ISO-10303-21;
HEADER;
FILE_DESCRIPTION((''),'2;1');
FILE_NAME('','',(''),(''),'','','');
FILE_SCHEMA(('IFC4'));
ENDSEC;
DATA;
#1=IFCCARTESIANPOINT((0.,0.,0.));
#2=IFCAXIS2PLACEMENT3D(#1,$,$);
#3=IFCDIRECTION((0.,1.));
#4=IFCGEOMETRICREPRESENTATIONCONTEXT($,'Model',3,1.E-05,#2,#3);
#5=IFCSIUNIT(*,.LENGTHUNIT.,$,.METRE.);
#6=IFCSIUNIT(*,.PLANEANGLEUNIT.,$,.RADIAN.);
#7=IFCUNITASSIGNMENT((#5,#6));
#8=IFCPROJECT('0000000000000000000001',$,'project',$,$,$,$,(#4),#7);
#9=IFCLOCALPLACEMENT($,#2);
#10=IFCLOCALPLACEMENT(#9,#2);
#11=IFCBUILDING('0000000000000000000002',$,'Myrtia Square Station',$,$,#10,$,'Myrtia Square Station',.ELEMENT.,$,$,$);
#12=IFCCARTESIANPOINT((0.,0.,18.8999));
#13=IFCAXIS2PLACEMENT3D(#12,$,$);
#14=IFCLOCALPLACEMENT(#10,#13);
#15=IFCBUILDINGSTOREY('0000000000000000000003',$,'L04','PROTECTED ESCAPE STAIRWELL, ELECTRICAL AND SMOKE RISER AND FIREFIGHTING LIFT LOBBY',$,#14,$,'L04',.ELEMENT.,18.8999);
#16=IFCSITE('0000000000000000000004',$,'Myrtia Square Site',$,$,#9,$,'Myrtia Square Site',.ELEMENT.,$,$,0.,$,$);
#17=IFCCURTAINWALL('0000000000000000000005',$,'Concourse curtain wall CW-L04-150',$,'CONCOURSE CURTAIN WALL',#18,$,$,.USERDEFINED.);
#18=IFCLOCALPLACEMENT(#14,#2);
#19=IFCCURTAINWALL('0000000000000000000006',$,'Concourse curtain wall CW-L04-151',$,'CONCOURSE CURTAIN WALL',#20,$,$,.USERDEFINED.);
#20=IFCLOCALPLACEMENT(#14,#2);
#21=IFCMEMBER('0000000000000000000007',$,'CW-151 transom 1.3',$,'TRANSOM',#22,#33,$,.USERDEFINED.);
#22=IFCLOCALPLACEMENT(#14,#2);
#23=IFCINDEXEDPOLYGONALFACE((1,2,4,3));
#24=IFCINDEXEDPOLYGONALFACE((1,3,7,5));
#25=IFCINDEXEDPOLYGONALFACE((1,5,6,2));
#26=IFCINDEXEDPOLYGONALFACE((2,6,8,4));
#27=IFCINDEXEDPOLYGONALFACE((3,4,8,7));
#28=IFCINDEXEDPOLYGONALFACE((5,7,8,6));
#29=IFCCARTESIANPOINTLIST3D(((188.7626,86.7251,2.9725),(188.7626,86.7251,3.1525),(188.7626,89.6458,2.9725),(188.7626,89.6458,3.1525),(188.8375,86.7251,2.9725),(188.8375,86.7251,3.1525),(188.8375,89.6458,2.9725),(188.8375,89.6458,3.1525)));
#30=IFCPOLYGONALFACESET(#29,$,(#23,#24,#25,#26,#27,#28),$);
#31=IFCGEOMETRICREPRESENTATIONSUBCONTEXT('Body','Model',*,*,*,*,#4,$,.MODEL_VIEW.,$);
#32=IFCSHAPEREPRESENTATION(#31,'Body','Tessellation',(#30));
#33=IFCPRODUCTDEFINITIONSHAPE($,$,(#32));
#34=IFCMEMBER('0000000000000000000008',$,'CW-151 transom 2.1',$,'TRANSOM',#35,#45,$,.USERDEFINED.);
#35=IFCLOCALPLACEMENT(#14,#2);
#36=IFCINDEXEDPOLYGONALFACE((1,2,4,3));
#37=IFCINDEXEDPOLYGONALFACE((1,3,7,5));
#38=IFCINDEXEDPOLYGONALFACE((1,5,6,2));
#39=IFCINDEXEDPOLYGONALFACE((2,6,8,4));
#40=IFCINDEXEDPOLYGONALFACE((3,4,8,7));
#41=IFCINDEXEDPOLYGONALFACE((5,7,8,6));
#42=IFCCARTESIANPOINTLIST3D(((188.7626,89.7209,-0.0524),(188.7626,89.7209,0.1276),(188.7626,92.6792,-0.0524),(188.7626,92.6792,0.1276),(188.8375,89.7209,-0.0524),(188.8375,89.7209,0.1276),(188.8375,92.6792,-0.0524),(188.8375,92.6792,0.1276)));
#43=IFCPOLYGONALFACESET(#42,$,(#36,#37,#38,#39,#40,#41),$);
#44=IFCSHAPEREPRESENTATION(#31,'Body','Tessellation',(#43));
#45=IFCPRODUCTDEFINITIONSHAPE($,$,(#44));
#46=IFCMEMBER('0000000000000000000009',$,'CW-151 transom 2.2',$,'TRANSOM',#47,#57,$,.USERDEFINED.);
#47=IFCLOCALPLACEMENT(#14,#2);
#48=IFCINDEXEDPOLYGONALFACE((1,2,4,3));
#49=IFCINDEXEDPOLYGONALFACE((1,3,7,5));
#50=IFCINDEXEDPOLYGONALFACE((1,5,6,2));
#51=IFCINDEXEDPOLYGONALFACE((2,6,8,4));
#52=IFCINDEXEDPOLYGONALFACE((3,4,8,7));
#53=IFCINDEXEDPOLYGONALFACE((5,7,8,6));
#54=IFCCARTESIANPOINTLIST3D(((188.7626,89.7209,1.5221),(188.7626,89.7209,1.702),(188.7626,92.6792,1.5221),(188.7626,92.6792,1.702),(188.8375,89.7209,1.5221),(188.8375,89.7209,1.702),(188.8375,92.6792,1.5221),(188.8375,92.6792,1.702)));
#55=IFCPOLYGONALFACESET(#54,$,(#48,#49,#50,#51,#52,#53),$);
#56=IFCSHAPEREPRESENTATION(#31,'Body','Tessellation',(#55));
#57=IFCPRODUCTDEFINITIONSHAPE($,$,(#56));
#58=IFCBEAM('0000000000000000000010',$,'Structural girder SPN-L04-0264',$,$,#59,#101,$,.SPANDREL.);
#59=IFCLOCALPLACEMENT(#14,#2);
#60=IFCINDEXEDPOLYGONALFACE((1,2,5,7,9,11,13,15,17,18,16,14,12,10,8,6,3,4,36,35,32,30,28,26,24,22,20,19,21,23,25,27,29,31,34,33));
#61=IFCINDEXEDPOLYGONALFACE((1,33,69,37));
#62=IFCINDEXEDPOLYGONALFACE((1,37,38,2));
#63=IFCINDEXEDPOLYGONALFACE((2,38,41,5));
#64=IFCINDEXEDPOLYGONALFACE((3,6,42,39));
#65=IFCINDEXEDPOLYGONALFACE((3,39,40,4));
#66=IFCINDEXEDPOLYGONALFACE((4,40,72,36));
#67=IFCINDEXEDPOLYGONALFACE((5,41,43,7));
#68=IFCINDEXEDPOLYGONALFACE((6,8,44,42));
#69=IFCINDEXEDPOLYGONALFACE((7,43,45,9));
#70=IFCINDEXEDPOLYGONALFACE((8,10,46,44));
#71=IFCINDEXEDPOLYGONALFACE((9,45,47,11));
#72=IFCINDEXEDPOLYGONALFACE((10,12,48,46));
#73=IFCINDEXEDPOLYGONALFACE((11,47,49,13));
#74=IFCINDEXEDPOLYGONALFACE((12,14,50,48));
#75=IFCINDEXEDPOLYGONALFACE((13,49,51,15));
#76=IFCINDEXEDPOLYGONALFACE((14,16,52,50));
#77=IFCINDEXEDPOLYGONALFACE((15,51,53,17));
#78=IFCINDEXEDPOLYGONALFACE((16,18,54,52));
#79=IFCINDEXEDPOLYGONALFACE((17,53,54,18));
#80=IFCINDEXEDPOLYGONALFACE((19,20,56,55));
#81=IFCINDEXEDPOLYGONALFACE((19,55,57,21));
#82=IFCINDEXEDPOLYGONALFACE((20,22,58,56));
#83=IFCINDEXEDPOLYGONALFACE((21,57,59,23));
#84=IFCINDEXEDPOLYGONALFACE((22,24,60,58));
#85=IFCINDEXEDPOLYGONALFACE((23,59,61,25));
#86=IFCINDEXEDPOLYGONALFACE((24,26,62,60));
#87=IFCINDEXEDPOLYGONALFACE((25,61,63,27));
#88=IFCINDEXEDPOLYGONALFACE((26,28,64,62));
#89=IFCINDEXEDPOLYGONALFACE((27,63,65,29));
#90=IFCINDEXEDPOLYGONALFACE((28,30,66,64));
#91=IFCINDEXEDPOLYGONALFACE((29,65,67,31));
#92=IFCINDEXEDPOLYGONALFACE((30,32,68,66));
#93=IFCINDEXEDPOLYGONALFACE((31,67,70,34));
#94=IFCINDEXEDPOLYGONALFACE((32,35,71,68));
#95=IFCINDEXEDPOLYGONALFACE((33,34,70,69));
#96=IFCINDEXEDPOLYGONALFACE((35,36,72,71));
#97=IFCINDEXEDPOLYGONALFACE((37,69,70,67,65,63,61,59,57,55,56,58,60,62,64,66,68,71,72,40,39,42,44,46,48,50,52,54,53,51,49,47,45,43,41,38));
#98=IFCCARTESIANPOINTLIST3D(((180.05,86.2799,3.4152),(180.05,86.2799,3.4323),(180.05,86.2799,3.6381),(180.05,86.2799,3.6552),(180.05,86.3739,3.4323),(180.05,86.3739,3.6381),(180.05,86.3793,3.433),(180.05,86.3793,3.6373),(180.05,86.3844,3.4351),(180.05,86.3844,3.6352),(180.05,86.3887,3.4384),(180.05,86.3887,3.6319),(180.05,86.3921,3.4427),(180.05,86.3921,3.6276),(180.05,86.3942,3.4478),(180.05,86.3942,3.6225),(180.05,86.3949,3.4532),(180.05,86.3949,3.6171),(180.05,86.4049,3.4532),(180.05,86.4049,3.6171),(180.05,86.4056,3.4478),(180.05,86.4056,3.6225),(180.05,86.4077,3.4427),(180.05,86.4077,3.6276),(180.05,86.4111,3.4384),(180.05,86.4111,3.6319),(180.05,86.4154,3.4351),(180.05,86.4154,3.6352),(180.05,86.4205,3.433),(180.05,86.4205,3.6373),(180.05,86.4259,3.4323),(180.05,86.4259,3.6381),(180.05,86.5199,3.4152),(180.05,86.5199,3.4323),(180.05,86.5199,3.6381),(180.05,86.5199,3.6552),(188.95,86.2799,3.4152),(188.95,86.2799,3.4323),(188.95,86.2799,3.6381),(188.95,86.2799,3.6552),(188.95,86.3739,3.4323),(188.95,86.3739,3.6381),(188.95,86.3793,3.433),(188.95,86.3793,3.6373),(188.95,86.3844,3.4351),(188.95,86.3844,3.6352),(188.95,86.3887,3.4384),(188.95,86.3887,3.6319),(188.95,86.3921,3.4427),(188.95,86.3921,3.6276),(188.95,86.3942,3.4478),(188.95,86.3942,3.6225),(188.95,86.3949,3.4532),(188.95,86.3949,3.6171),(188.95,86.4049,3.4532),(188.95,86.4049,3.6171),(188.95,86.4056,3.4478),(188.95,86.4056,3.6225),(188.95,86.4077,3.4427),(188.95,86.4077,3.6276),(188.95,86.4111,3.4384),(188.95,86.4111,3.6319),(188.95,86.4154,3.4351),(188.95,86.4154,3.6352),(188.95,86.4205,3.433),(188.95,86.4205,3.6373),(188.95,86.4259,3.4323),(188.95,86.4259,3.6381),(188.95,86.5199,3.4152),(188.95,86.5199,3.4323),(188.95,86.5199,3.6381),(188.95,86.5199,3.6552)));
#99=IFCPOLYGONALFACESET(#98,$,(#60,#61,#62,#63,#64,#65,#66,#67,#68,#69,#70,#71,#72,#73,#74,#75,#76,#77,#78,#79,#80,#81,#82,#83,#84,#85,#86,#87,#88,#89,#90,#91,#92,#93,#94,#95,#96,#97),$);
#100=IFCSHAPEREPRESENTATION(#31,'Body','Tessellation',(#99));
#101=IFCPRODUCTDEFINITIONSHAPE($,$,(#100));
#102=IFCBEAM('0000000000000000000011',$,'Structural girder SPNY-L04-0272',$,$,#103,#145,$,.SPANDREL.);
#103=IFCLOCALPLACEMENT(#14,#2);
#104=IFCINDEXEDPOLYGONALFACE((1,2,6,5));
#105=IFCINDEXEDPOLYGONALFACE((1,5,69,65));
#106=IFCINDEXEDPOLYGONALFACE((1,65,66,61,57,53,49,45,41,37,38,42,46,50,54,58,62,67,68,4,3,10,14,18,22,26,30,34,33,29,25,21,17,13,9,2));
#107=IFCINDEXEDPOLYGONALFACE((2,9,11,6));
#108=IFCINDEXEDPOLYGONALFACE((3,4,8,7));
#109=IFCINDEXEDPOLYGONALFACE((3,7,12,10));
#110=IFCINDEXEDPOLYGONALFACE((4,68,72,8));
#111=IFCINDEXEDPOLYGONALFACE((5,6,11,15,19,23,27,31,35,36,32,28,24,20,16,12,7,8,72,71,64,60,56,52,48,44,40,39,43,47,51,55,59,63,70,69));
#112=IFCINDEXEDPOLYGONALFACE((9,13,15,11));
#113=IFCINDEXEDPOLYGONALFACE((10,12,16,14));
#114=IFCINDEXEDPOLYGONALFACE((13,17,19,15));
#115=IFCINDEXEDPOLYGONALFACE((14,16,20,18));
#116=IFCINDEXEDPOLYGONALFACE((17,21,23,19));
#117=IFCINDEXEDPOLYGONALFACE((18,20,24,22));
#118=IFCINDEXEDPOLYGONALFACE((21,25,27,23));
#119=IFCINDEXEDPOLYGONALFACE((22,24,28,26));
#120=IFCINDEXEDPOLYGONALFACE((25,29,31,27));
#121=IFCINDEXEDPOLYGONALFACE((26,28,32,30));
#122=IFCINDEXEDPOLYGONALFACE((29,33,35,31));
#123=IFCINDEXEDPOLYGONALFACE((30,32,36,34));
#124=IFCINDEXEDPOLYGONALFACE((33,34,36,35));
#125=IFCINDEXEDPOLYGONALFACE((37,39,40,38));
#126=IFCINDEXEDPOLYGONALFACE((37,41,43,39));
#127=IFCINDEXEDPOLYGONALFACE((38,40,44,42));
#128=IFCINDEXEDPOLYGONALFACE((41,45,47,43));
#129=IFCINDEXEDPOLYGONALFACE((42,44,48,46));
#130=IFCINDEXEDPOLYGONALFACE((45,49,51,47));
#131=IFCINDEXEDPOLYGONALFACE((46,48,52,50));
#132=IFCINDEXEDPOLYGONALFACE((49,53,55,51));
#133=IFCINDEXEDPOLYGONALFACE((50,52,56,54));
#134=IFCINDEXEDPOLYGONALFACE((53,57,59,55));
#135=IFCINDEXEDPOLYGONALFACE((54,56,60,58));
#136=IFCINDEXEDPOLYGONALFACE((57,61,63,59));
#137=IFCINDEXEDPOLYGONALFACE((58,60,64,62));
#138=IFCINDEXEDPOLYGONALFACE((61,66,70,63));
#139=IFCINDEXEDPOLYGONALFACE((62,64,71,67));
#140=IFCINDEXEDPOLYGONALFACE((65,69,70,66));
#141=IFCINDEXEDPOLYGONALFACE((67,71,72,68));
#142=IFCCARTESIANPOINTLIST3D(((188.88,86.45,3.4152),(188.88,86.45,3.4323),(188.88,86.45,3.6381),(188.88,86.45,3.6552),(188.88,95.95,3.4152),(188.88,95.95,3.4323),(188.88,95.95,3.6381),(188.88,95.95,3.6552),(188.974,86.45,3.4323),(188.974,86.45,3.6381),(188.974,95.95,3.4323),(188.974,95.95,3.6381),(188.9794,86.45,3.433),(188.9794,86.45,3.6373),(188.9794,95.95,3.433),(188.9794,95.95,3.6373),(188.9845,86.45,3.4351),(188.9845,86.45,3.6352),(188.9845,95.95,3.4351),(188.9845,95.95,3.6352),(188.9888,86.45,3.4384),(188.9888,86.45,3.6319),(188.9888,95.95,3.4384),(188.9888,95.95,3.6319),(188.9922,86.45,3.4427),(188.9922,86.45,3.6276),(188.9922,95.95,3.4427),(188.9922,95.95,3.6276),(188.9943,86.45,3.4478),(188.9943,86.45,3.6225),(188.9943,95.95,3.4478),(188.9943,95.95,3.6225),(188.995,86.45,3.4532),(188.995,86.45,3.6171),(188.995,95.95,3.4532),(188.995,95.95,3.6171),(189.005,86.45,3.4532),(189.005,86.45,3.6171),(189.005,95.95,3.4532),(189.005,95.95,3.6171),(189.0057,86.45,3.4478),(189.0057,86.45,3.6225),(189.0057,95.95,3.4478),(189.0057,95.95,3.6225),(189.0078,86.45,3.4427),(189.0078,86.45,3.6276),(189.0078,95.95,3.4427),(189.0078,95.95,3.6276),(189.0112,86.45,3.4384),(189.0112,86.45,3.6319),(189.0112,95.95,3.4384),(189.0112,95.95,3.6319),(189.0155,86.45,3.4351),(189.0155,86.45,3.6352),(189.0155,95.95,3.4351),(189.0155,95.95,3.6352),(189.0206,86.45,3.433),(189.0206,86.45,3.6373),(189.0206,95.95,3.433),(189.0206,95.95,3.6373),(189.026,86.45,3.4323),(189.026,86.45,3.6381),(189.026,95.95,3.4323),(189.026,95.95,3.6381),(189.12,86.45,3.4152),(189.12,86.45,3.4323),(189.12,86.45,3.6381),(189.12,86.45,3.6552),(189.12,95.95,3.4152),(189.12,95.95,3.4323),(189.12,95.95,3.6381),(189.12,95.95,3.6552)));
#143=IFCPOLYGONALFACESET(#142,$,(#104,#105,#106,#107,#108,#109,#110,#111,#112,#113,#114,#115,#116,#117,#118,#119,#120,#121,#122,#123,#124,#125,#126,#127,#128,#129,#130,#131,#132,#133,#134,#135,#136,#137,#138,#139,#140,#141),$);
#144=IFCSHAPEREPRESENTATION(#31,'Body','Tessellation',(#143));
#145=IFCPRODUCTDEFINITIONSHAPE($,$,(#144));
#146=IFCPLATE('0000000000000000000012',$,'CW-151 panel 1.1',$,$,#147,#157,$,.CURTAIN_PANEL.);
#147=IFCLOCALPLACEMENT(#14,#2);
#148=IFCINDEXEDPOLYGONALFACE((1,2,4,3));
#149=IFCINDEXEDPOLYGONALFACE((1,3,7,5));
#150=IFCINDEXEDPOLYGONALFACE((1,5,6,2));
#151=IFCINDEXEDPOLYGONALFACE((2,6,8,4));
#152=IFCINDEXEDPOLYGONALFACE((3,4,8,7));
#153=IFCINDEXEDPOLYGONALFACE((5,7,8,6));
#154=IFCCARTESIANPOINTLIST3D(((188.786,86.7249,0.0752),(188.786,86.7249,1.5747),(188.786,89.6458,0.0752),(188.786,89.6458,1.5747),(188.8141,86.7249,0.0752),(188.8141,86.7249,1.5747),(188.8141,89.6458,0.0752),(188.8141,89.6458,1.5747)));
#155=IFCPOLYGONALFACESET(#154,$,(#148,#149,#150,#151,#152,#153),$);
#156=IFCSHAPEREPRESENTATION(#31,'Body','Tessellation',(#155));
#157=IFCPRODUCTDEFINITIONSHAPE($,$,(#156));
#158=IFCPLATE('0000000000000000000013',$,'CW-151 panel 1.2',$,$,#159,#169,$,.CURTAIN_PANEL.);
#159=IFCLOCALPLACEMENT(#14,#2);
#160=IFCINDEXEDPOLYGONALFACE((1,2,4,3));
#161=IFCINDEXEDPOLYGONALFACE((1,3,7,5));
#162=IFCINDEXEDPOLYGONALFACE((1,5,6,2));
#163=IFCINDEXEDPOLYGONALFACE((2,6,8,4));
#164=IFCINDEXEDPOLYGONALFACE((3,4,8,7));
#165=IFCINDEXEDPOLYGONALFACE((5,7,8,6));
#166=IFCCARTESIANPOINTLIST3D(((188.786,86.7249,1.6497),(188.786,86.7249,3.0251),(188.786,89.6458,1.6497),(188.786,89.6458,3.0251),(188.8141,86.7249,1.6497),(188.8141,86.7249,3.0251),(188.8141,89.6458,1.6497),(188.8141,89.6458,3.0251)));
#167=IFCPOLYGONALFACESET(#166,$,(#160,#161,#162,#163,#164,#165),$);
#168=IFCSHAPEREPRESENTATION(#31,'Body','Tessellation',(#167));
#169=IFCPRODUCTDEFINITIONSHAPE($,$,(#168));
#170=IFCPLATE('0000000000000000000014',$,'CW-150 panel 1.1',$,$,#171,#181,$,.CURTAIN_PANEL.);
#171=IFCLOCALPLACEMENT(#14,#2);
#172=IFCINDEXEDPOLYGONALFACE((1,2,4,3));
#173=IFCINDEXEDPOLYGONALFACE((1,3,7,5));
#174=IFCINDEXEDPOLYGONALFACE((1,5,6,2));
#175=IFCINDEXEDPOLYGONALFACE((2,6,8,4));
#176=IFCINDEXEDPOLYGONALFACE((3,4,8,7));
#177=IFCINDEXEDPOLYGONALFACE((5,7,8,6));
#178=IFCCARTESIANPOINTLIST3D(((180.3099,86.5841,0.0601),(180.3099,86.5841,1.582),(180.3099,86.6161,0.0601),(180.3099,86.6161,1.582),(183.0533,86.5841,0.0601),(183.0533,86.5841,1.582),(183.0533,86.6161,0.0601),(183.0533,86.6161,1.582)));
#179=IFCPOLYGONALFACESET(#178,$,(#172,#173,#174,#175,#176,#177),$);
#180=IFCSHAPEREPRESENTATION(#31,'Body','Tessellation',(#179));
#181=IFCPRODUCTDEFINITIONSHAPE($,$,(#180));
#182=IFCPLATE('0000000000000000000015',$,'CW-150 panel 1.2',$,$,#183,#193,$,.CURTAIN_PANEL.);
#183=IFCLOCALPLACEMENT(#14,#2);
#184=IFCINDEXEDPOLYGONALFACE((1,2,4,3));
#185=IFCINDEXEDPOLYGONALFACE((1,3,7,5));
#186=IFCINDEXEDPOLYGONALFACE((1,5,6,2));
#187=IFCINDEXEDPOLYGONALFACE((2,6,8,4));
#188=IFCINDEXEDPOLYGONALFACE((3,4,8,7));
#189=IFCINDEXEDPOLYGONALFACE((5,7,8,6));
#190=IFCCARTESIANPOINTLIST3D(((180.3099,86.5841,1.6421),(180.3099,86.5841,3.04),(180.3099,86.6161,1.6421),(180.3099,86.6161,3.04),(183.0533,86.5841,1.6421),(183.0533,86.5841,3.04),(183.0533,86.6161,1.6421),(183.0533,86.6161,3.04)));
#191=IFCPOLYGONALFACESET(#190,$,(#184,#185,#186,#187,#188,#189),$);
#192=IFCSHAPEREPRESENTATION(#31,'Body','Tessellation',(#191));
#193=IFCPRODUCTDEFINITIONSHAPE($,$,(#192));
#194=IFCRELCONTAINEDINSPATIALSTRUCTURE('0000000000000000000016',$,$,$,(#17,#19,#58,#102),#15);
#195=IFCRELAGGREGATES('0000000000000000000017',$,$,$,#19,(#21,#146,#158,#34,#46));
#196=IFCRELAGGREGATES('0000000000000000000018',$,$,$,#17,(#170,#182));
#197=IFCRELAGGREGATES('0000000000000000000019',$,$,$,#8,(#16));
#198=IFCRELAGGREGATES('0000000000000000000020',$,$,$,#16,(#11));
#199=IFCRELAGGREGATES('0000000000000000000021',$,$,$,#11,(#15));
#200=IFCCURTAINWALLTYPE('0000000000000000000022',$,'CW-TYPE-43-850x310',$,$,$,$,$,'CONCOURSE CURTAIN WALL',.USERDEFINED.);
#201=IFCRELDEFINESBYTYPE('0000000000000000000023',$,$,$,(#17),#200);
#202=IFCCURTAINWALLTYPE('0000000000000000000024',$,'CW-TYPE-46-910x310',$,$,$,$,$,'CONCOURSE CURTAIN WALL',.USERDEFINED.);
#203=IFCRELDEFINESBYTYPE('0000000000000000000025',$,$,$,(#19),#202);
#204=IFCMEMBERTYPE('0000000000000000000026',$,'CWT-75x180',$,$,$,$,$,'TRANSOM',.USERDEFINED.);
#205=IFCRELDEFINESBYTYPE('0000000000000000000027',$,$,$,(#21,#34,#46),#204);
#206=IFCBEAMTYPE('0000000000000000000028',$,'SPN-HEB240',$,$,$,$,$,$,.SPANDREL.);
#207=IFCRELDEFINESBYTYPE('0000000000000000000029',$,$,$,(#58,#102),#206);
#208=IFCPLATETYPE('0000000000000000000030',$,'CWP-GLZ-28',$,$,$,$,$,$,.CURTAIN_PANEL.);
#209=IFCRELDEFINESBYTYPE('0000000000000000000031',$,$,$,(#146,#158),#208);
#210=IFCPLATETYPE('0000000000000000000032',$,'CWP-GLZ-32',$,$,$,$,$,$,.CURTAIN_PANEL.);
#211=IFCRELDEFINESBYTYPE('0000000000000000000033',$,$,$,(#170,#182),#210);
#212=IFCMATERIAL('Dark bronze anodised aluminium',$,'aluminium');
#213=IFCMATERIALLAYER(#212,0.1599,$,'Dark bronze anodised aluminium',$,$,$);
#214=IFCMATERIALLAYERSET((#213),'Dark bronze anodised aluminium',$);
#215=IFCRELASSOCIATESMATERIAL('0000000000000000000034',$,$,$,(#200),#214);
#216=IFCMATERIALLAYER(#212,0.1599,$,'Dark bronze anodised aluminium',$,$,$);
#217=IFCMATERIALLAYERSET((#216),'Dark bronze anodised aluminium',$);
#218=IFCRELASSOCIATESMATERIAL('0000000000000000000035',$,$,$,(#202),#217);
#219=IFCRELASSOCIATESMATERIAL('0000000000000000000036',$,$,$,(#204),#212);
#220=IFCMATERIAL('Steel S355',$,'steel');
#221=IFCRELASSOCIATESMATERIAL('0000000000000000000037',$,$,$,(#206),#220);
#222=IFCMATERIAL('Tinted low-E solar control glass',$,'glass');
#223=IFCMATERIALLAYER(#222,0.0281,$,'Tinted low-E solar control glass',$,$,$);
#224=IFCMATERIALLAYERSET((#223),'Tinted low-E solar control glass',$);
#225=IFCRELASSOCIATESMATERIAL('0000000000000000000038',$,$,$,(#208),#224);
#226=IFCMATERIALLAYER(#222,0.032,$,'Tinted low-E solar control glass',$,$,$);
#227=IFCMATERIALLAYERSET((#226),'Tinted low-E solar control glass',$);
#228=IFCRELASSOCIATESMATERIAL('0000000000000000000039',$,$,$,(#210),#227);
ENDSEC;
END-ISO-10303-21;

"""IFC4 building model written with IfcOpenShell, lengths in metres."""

from ifc_helpers import new_model, si_unit, direction, frame, origin, origin_2d, place, context, subcontext, project, spatial, rectangle, i_section, extrude, material, layer, layer_set, material_profile, profile_set, type_object, element, aggregate, save


model = new_model("IFC4")

# Units and contexts
model_context = context("Model", 3, precision=1e-05, world=origin(), true_north=direction((0.0, 1.0)))
body_context = subcontext(model_context, "Body", "Model", "MODEL_VIEW")
ifc_project = project(units=[si_unit("LENGTHUNIT", "METRE"), si_unit("PLANEANGLEUNIT", "RADIAN")], contexts=[model_context])

# Site, building, storey
site_placement = place(None, origin())
site = spatial("IfcSite", under=ifc_project, at=site_placement, Name="Myrtia Square Site", LongName="Myrtia Square Site", CompositionType="ELEMENT", RefElevation=0.0)
building_placement = place(site_placement, origin())
building = spatial("IfcBuilding", under=site, at=building_placement, Name="Myrtia Square Station", LongName="Myrtia Square Station", CompositionType="ELEMENT")
storey_placement = place(building_placement, frame((0.0, 0.0, 18.8999)))
storey = spatial("IfcBuildingStorey", under=building, at=storey_placement, Name="L04", Description="PROTECTED ESCAPE STAIRWELL, ELECTRICAL AND SMOKE RISER AND FIREFIGHTING LIFT LOBBY", LongName="L04", CompositionType="ELEMENT", Elevation=18.8999)

# Shared definitions
ifc_material_1 = material(Name="Steel S355", Category="steel")

# Shared definitions
ifc_material_2 = material(Name="Dark bronze anodised aluminium", Category="aluminium")
ifc_layer_1 = layer(ifc_material_2, 0.1599, Name="Dark bronze anodised aluminium")
ifc_layer_set_1 = layer_set([ifc_layer_1], Name="Dark bronze anodised aluminium")
curtain_wall_type_1 = type_object("IfcCurtainWallType", Name="CW-TYPE-43-850x310", ElementType="CONCOURSE CURTAIN WALL", PredefinedType="USERDEFINED", material=ifc_layer_set_1)

# Curtain walls
curtain_wall_1_placement = place(storey_placement, origin())
curtain_wall_1 = element("IfcCurtainWall", 1, at=curtain_wall_1_placement, inside=storey, type_object=curtain_wall_type_1, Name="Concourse curtain wall CW-L04-150", ObjectType="CONCOURSE CURTAIN WALL", PredefinedType="USERDEFINED")
ifc_layer_2 = layer(ifc_material_2, 0.1599, Name="Dark bronze anodised aluminium")
ifc_layer_set_2 = layer_set([ifc_layer_2], Name="Dark bronze anodised aluminium")
curtain_wall_type_2 = type_object("IfcCurtainWallType", Name="CW-TYPE-46-910x310", ElementType="CONCOURSE CURTAIN WALL", PredefinedType="USERDEFINED", material=ifc_layer_set_2)
curtain_wall_2_placement = place(storey_placement, origin())
curtain_wall_2 = element("IfcCurtainWall", 2, at=curtain_wall_2_placement, inside=storey, type_object=curtain_wall_type_2, Name="Concourse curtain wall CW-L04-151", ObjectType="CONCOURSE CURTAIN WALL", PredefinedType="USERDEFINED")

# Members
ifc_material_profile_1 = material_profile(ifc_material_2, rectangle(XDim=0.075, YDim=0.1799, at=origin_2d()), Name="ALU-T 75x180")
ifc_profile_set_1 = profile_set([ifc_material_profile_1], Name="Dark bronze anodised aluminium")
member_type_1 = type_object("IfcMemberType", Name="CWT-75x180", ElementType="TRANSOM", PredefinedType="USERDEFINED", material=ifc_profile_set_1)
member_1_placement = place(storey_placement, frame((188.8, 86.7251, 3.0625), z_axis=(0.0, 1.0, 0.0), x_axis=(-1.0, 0.0, 0.0)))
member_1 = element("IfcMember", 3, at=member_1_placement, type_object=member_type_1, Name="CW-151 transom 1.3", ObjectType="TRANSOM", PredefinedType="USERDEFINED", context=body_context, shape_type="SweptSolid", body=[
    extrude(rectangle(XDim=0.075, YDim=0.1799, at=origin_2d()), origin(), (0.0, 0.0, 1.0), 2.9207),
])
member_2_placement = place(storey_placement, frame((188.8, 89.7209, 0.0376), z_axis=(0.0, 1.0, 0.0), x_axis=(-1.0, 0.0, 0.0)))
member_2 = element("IfcMember", 4, at=member_2_placement, type_object=member_type_1, Name="CW-151 transom 2.1", ObjectType="TRANSOM", PredefinedType="USERDEFINED", context=body_context, shape_type="SweptSolid", body=[
    extrude(rectangle(XDim=0.075, YDim=0.1799, at=origin_2d()), origin(), (0.0, 0.0, 1.0), 2.9583),
])
member_3_placement = place(storey_placement, frame((188.8, 89.7209, 1.6121), z_axis=(0.0, 1.0, 0.0), x_axis=(-1.0, 0.0, 0.0)))
member_3 = element("IfcMember", 5, at=member_3_placement, type_object=member_type_1, Name="CW-151 transom 2.2", ObjectType="TRANSOM", PredefinedType="USERDEFINED", context=body_context, shape_type="SweptSolid", body=[
    extrude(rectangle(XDim=0.075, YDim=0.1799, at=origin_2d()), origin(), (0.0, 0.0, 1.0), 2.9583),
])

# Beams
ifc_material_profile_2 = material_profile(ifc_material_1, i_section(OverallWidth=0.24, OverallDepth=0.24, WebThickness=0.01, FlangeThickness=0.0171, FilletRadius=0.021, at=origin_2d()), Name="HEB 240")
ifc_profile_set_2 = profile_set([ifc_material_profile_2], Name="Steel S355")
beam_type_1 = type_object("IfcBeamType", Name="SPN-HEB240", PredefinedType="SPANDREL", material=ifc_profile_set_2)
beam_1_placement = place(storey_placement, frame((180.05, 86.3999, 3.5352), z_axis=(1.0, 0.0, 0.0), x_axis=(0.0, 1.0, 0.0)))
element("IfcBeam", 6, at=beam_1_placement, inside=storey, type_object=beam_type_1, Name="Structural girder SPN-L04-0264", PredefinedType="SPANDREL", context=body_context, shape_type="SweptSolid", body=[
    extrude(i_section(OverallWidth=0.24, OverallDepth=0.24, WebThickness=0.01, FlangeThickness=0.0171, FilletRadius=0.021, at=origin_2d()), origin(), (0.0, 0.0, 1.0), 8.8999),
])
beam_2_placement = place(storey_placement, frame((189.0, 86.45, 3.5352), z_axis=(0.0, 1.0, 0.0), x_axis=(-1.0, 0.0, 0.0)))
element("IfcBeam", 7, at=beam_2_placement, inside=storey, type_object=beam_type_1, Name="Structural girder SPNY-L04-0272", PredefinedType="SPANDREL", context=body_context, shape_type="SweptSolid", body=[
    extrude(i_section(OverallWidth=0.24, OverallDepth=0.24, WebThickness=0.01, FlangeThickness=0.0171, FilletRadius=0.021, at=origin_2d()), origin(), (0.0, 0.0, 1.0), 9.5),
])

# Plates
ifc_material_3 = material(Name="Tinted low-E solar control glass", Category="glass")
ifc_layer_3 = layer(ifc_material_3, 0.0281, Name="Tinted low-E solar control glass")
ifc_layer_set_3 = layer_set([ifc_layer_3], Name="Tinted low-E solar control glass")
plate_type_1 = type_object("IfcPlateType", Name="CWP-GLZ-28", PredefinedType="CURTAIN_PANEL", material=ifc_layer_set_3)
plate_1_placement = place(storey_placement, frame((188.8, 88.1853, 0.0752), z_axis=(0.0, 0.0, 1.0), x_axis=(0.0, 1.0, 0.0)))
plate_1 = element("IfcPlate", 8, at=plate_1_placement, type_object=plate_type_1, Name="CW-151 panel 1.1", PredefinedType="CURTAIN_PANEL", context=body_context, shape_type="SweptSolid", body=[
    extrude(rectangle(XDim=2.9209, YDim=0.0281, at=origin_2d()), origin(), (0.0, 0.0, 1.0), 1.4995),
])
plate_2_placement = place(storey_placement, frame((188.8, 88.1853, 1.6497), z_axis=(0.0, 0.0, 1.0), x_axis=(0.0, 1.0, 0.0)))
plate_2 = element("IfcPlate", 9, at=plate_2_placement, type_object=plate_type_1, Name="CW-151 panel 1.2", PredefinedType="CURTAIN_PANEL", context=body_context, shape_type="SweptSolid", body=[
    extrude(rectangle(XDim=2.9209, YDim=0.0281, at=origin_2d()), origin(), (0.0, 0.0, 1.0), 1.3755),
])
aggregate(curtain_wall_2, [member_1, plate_1, plate_2, member_2, member_3])
ifc_layer_4 = layer(ifc_material_3, 0.032, Name="Tinted low-E solar control glass")
ifc_layer_set_4 = layer_set([ifc_layer_4], Name="Tinted low-E solar control glass")
plate_type_2 = type_object("IfcPlateType", Name="CWP-GLZ-32", PredefinedType="CURTAIN_PANEL", material=ifc_layer_set_4)
plate_3_placement = place(storey_placement, frame((181.6816, 86.6001, 0.0601), z_axis=(0.0, 0.0, 1.0), x_axis=(1.0, 0.0, 0.0)))
plate_3 = element("IfcPlate", 10, at=plate_3_placement, type_object=plate_type_2, Name="CW-150 panel 1.1", PredefinedType="CURTAIN_PANEL", context=body_context, shape_type="SweptSolid", body=[
    extrude(rectangle(XDim=2.7434, YDim=0.032, at=origin_2d()), origin(), (0.0, 0.0, 1.0), 1.522),
])
plate_4_placement = place(storey_placement, frame((181.6816, 86.6001, 1.6421), z_axis=(0.0, 0.0, 1.0), x_axis=(1.0, 0.0, 0.0)))
plate_4 = element("IfcPlate", 11, at=plate_4_placement, type_object=plate_type_2, Name="CW-150 panel 1.2", PredefinedType="CURTAIN_PANEL", context=body_context, shape_type="SweptSolid", body=[
    extrude(rectangle(XDim=2.7434, YDim=0.032, at=origin_2d()), origin(), (0.0, 0.0, 1.0), 1.3979),
])
aggregate(curtain_wall_1, [plate_3, plate_4])

save(model, "model.ifc")
